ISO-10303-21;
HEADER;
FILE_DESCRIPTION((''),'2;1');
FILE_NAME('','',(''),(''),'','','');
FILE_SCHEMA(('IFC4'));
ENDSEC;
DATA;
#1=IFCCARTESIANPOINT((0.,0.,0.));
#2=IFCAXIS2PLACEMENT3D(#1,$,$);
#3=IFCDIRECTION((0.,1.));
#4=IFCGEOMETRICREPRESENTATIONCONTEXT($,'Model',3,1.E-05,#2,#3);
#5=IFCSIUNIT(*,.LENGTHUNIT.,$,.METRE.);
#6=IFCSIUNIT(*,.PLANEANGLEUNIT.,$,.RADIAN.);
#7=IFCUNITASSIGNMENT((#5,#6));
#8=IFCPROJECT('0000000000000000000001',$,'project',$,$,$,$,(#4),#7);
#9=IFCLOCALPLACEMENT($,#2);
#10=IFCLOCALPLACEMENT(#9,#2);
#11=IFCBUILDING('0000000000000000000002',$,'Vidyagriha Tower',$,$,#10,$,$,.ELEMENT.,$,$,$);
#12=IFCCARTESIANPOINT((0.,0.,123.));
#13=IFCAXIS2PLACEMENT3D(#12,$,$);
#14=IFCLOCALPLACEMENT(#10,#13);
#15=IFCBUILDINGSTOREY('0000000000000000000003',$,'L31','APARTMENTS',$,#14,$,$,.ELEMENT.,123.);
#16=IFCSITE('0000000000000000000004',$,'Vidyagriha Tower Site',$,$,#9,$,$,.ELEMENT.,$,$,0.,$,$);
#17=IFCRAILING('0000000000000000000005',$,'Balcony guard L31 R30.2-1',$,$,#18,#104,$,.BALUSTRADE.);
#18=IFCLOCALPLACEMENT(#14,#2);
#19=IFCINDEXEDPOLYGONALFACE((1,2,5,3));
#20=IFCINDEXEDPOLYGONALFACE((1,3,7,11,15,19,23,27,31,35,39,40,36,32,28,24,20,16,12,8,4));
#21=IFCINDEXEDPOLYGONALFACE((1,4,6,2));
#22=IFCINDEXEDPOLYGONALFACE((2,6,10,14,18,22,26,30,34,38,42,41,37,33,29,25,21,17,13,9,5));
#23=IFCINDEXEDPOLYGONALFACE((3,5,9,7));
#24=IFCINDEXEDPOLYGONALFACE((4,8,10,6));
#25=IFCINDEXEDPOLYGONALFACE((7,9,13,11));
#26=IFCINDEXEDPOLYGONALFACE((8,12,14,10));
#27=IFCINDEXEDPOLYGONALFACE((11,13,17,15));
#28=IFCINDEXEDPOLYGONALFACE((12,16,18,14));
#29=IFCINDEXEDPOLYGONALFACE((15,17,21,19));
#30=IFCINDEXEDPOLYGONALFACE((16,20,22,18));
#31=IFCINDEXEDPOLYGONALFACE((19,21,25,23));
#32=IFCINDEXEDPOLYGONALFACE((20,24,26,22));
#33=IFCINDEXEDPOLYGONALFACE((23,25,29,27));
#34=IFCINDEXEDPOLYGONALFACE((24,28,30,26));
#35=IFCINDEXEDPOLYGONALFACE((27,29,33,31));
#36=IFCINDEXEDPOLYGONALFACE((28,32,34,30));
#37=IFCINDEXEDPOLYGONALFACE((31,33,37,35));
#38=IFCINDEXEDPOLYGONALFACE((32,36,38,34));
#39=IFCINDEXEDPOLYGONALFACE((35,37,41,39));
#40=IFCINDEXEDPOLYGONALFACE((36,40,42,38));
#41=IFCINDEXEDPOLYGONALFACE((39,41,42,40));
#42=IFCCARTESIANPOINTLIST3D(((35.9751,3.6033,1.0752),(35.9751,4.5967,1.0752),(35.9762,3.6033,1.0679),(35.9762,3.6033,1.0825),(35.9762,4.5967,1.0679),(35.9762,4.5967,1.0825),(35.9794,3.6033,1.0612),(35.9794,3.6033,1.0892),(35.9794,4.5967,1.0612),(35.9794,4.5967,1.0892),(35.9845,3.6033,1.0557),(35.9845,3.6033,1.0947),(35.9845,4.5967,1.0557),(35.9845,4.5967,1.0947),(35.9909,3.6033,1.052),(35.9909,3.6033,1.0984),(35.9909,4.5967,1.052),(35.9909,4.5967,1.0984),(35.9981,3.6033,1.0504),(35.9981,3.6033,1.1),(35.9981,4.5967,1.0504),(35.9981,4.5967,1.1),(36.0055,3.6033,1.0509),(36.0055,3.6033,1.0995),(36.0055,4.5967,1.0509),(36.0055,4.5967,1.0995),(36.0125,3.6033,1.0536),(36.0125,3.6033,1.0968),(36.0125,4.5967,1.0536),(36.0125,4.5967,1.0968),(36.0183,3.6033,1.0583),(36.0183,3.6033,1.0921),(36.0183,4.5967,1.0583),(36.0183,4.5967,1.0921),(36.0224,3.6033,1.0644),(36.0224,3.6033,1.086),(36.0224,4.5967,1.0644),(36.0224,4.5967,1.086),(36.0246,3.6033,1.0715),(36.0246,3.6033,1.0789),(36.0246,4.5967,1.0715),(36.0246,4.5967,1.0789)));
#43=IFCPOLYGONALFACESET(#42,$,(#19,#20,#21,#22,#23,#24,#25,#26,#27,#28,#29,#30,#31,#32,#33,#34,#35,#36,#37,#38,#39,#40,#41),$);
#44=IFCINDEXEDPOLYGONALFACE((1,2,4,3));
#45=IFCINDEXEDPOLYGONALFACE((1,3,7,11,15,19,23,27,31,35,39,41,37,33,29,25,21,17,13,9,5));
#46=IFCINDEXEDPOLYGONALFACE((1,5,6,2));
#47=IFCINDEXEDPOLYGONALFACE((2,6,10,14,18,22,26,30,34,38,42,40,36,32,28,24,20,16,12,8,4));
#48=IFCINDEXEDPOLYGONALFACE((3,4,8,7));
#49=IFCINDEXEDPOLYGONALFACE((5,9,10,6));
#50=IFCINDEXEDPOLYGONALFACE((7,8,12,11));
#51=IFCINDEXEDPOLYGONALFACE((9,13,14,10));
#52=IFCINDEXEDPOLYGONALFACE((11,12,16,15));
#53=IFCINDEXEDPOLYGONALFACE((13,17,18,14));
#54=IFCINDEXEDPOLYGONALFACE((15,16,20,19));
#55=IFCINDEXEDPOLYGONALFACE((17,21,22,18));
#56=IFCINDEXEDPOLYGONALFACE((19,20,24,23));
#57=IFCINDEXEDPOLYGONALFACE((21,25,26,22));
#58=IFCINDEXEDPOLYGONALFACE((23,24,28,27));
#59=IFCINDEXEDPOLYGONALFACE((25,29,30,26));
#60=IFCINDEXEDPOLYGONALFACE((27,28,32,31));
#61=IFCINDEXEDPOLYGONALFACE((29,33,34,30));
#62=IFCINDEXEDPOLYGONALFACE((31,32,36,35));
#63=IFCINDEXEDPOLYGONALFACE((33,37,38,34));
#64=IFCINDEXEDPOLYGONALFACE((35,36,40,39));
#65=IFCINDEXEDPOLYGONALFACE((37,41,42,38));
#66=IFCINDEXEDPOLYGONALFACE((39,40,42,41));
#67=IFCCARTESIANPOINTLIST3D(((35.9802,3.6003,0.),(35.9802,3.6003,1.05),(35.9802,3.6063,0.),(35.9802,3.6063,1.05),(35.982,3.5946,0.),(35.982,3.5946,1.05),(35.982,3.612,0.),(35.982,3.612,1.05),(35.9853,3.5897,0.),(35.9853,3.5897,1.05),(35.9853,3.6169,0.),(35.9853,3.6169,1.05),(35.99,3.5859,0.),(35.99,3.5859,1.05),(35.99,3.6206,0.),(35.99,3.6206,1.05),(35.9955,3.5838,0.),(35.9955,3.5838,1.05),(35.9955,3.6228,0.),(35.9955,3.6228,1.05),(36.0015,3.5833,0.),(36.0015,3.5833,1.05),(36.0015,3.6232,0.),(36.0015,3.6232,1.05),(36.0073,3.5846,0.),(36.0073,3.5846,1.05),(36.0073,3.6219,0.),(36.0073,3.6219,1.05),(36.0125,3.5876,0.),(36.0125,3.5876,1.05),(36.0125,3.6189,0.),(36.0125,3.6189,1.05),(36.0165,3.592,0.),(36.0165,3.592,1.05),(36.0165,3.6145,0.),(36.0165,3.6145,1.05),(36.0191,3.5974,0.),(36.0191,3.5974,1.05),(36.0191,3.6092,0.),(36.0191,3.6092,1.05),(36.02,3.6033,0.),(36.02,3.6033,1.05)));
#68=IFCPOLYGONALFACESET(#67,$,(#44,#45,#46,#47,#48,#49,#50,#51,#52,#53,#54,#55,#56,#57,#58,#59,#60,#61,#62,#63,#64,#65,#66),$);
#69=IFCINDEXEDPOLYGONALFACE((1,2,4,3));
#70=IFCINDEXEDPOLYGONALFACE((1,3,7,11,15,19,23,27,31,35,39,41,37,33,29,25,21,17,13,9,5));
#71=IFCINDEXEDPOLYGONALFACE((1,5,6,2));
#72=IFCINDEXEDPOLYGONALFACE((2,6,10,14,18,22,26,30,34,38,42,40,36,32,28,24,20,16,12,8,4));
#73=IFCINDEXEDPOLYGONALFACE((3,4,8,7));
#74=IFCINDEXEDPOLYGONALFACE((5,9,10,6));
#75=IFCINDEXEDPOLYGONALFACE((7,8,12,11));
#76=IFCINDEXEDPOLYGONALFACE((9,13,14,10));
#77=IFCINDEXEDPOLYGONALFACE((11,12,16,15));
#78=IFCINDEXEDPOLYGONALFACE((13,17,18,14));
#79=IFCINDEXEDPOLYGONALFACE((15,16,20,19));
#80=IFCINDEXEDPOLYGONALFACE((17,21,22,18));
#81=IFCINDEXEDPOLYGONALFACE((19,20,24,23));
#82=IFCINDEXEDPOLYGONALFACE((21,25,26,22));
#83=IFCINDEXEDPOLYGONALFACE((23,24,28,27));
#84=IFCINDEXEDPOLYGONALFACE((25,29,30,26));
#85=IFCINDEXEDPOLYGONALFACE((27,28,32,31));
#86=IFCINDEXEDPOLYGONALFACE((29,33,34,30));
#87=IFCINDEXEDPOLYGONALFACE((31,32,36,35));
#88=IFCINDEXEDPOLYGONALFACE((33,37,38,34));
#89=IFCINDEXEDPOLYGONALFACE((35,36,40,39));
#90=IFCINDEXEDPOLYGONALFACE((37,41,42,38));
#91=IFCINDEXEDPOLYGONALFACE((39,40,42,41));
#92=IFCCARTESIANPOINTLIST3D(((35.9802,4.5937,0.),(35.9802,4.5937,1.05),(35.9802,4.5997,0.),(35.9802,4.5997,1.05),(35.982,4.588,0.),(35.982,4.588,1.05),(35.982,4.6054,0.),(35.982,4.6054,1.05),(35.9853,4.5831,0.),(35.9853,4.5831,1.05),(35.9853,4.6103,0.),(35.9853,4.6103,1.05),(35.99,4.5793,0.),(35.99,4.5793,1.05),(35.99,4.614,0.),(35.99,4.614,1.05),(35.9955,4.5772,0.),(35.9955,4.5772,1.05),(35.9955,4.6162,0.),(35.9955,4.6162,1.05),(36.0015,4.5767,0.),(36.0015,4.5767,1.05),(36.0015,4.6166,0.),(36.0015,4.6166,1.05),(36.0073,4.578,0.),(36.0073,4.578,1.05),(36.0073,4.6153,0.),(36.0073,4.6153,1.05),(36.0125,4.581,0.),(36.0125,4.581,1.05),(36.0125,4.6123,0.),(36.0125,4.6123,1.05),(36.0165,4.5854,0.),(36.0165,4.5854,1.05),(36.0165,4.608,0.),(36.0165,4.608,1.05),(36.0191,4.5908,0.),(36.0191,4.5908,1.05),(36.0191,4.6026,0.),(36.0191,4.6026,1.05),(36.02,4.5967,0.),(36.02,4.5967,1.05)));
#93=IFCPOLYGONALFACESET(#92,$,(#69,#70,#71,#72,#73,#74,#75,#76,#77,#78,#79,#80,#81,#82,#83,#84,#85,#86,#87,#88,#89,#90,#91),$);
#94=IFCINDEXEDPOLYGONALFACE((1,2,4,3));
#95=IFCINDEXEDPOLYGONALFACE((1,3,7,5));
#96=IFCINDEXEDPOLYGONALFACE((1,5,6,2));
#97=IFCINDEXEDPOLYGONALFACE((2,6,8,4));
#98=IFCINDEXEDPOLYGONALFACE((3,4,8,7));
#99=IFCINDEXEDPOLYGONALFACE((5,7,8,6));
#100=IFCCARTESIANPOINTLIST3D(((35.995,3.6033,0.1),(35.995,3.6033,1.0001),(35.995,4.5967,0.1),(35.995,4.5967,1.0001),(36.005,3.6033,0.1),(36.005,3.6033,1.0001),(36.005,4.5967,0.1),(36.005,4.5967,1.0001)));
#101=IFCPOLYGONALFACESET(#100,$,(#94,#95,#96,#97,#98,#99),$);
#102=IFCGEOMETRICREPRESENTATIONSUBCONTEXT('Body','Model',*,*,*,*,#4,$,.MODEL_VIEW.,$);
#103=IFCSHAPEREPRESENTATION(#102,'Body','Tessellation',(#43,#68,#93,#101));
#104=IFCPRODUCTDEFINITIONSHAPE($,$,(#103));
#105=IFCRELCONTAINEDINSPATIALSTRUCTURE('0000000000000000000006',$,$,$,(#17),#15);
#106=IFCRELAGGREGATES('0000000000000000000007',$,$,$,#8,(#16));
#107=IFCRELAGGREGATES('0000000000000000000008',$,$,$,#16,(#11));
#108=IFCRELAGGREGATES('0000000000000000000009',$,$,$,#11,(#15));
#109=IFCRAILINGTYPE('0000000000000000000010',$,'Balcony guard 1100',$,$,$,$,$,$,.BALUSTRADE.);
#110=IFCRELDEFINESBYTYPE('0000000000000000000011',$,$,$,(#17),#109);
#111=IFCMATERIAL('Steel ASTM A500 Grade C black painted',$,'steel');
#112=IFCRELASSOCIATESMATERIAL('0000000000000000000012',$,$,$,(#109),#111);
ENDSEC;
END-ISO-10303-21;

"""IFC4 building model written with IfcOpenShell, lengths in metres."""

from ifc_helpers import new_model, si_unit, direction, frame, origin, origin_2d, place, context, subcontext, project, spatial, rectangle, circle, extrude, material, type_object, element, save


model = new_model("IFC4")

# Units and contexts
model_context = context("Model", 3, precision=1e-05, world=origin(), true_north=direction((0.0, 1.0)))
body_context = subcontext(model_context, "Body", "Model", "MODEL_VIEW")
ifc_project = project(units=[si_unit("LENGTHUNIT", "METRE"), si_unit("PLANEANGLEUNIT", "RADIAN")], contexts=[model_context])

# Site, building, storey
site_placement = place(None, origin())
site = spatial("IfcSite", under=ifc_project, at=site_placement, Name="Vidyagriha Tower Site", CompositionType="ELEMENT", RefElevation=0.0)
building_placement = place(site_placement, origin())
building = spatial("IfcBuilding", under=site, at=building_placement, Name="Vidyagriha Tower", CompositionType="ELEMENT")
storey_placement = place(building_placement, frame((0.0, 0.0, 123.0)))
storey = spatial("IfcBuildingStorey", under=building, at=storey_placement, Name="L31", Description="APARTMENTS", CompositionType="ELEMENT", Elevation=123.0)

# Railing
ifc_material_1 = material(Name="Steel ASTM A500 Grade C black painted", Category="steel")
railing_type_1 = type_object("IfcRailingType", Name="Balcony guard 1100", PredefinedType="BALUSTRADE", material=ifc_material_1)
railing_1_placement = place(storey_placement, frame((36.0, 3.6033, 0.0)))
element("IfcRailing", 1, at=railing_1_placement, inside=storey, type_object=railing_type_1, Name="Balcony guard L31 R30.2-1", PredefinedType="BALUSTRADE", context=body_context, shape_type="SweptSolid", body=[
    extrude(circle(Radius=0.0249, at=origin_2d()), frame((0.0, 0.0, 1.0752), z_axis=(0.0, 1.0, 0.0), x_axis=(-1.0, 0.0, 0.0)), (0.0, 0.0, 1.0), 0.9934),
    extrude(circle(Radius=0.02, at=origin_2d()), origin(), (0.0, 0.0, 1.0), 1.05),
    extrude(circle(Radius=0.02, at=origin_2d()), frame((0.0, 0.9934, 0.0)), (0.0, 0.0, 1.0), 1.05),
    extrude(rectangle(XDim=0.01, YDim=0.9001, at=origin_2d()), frame((0.0, 0.0, 0.55), z_axis=(0.0, 1.0, 0.0), x_axis=(-1.0, 0.0, 0.0)), (0.0, 0.0, 1.0), 0.9934),
])

save(model, "model.ifc")
